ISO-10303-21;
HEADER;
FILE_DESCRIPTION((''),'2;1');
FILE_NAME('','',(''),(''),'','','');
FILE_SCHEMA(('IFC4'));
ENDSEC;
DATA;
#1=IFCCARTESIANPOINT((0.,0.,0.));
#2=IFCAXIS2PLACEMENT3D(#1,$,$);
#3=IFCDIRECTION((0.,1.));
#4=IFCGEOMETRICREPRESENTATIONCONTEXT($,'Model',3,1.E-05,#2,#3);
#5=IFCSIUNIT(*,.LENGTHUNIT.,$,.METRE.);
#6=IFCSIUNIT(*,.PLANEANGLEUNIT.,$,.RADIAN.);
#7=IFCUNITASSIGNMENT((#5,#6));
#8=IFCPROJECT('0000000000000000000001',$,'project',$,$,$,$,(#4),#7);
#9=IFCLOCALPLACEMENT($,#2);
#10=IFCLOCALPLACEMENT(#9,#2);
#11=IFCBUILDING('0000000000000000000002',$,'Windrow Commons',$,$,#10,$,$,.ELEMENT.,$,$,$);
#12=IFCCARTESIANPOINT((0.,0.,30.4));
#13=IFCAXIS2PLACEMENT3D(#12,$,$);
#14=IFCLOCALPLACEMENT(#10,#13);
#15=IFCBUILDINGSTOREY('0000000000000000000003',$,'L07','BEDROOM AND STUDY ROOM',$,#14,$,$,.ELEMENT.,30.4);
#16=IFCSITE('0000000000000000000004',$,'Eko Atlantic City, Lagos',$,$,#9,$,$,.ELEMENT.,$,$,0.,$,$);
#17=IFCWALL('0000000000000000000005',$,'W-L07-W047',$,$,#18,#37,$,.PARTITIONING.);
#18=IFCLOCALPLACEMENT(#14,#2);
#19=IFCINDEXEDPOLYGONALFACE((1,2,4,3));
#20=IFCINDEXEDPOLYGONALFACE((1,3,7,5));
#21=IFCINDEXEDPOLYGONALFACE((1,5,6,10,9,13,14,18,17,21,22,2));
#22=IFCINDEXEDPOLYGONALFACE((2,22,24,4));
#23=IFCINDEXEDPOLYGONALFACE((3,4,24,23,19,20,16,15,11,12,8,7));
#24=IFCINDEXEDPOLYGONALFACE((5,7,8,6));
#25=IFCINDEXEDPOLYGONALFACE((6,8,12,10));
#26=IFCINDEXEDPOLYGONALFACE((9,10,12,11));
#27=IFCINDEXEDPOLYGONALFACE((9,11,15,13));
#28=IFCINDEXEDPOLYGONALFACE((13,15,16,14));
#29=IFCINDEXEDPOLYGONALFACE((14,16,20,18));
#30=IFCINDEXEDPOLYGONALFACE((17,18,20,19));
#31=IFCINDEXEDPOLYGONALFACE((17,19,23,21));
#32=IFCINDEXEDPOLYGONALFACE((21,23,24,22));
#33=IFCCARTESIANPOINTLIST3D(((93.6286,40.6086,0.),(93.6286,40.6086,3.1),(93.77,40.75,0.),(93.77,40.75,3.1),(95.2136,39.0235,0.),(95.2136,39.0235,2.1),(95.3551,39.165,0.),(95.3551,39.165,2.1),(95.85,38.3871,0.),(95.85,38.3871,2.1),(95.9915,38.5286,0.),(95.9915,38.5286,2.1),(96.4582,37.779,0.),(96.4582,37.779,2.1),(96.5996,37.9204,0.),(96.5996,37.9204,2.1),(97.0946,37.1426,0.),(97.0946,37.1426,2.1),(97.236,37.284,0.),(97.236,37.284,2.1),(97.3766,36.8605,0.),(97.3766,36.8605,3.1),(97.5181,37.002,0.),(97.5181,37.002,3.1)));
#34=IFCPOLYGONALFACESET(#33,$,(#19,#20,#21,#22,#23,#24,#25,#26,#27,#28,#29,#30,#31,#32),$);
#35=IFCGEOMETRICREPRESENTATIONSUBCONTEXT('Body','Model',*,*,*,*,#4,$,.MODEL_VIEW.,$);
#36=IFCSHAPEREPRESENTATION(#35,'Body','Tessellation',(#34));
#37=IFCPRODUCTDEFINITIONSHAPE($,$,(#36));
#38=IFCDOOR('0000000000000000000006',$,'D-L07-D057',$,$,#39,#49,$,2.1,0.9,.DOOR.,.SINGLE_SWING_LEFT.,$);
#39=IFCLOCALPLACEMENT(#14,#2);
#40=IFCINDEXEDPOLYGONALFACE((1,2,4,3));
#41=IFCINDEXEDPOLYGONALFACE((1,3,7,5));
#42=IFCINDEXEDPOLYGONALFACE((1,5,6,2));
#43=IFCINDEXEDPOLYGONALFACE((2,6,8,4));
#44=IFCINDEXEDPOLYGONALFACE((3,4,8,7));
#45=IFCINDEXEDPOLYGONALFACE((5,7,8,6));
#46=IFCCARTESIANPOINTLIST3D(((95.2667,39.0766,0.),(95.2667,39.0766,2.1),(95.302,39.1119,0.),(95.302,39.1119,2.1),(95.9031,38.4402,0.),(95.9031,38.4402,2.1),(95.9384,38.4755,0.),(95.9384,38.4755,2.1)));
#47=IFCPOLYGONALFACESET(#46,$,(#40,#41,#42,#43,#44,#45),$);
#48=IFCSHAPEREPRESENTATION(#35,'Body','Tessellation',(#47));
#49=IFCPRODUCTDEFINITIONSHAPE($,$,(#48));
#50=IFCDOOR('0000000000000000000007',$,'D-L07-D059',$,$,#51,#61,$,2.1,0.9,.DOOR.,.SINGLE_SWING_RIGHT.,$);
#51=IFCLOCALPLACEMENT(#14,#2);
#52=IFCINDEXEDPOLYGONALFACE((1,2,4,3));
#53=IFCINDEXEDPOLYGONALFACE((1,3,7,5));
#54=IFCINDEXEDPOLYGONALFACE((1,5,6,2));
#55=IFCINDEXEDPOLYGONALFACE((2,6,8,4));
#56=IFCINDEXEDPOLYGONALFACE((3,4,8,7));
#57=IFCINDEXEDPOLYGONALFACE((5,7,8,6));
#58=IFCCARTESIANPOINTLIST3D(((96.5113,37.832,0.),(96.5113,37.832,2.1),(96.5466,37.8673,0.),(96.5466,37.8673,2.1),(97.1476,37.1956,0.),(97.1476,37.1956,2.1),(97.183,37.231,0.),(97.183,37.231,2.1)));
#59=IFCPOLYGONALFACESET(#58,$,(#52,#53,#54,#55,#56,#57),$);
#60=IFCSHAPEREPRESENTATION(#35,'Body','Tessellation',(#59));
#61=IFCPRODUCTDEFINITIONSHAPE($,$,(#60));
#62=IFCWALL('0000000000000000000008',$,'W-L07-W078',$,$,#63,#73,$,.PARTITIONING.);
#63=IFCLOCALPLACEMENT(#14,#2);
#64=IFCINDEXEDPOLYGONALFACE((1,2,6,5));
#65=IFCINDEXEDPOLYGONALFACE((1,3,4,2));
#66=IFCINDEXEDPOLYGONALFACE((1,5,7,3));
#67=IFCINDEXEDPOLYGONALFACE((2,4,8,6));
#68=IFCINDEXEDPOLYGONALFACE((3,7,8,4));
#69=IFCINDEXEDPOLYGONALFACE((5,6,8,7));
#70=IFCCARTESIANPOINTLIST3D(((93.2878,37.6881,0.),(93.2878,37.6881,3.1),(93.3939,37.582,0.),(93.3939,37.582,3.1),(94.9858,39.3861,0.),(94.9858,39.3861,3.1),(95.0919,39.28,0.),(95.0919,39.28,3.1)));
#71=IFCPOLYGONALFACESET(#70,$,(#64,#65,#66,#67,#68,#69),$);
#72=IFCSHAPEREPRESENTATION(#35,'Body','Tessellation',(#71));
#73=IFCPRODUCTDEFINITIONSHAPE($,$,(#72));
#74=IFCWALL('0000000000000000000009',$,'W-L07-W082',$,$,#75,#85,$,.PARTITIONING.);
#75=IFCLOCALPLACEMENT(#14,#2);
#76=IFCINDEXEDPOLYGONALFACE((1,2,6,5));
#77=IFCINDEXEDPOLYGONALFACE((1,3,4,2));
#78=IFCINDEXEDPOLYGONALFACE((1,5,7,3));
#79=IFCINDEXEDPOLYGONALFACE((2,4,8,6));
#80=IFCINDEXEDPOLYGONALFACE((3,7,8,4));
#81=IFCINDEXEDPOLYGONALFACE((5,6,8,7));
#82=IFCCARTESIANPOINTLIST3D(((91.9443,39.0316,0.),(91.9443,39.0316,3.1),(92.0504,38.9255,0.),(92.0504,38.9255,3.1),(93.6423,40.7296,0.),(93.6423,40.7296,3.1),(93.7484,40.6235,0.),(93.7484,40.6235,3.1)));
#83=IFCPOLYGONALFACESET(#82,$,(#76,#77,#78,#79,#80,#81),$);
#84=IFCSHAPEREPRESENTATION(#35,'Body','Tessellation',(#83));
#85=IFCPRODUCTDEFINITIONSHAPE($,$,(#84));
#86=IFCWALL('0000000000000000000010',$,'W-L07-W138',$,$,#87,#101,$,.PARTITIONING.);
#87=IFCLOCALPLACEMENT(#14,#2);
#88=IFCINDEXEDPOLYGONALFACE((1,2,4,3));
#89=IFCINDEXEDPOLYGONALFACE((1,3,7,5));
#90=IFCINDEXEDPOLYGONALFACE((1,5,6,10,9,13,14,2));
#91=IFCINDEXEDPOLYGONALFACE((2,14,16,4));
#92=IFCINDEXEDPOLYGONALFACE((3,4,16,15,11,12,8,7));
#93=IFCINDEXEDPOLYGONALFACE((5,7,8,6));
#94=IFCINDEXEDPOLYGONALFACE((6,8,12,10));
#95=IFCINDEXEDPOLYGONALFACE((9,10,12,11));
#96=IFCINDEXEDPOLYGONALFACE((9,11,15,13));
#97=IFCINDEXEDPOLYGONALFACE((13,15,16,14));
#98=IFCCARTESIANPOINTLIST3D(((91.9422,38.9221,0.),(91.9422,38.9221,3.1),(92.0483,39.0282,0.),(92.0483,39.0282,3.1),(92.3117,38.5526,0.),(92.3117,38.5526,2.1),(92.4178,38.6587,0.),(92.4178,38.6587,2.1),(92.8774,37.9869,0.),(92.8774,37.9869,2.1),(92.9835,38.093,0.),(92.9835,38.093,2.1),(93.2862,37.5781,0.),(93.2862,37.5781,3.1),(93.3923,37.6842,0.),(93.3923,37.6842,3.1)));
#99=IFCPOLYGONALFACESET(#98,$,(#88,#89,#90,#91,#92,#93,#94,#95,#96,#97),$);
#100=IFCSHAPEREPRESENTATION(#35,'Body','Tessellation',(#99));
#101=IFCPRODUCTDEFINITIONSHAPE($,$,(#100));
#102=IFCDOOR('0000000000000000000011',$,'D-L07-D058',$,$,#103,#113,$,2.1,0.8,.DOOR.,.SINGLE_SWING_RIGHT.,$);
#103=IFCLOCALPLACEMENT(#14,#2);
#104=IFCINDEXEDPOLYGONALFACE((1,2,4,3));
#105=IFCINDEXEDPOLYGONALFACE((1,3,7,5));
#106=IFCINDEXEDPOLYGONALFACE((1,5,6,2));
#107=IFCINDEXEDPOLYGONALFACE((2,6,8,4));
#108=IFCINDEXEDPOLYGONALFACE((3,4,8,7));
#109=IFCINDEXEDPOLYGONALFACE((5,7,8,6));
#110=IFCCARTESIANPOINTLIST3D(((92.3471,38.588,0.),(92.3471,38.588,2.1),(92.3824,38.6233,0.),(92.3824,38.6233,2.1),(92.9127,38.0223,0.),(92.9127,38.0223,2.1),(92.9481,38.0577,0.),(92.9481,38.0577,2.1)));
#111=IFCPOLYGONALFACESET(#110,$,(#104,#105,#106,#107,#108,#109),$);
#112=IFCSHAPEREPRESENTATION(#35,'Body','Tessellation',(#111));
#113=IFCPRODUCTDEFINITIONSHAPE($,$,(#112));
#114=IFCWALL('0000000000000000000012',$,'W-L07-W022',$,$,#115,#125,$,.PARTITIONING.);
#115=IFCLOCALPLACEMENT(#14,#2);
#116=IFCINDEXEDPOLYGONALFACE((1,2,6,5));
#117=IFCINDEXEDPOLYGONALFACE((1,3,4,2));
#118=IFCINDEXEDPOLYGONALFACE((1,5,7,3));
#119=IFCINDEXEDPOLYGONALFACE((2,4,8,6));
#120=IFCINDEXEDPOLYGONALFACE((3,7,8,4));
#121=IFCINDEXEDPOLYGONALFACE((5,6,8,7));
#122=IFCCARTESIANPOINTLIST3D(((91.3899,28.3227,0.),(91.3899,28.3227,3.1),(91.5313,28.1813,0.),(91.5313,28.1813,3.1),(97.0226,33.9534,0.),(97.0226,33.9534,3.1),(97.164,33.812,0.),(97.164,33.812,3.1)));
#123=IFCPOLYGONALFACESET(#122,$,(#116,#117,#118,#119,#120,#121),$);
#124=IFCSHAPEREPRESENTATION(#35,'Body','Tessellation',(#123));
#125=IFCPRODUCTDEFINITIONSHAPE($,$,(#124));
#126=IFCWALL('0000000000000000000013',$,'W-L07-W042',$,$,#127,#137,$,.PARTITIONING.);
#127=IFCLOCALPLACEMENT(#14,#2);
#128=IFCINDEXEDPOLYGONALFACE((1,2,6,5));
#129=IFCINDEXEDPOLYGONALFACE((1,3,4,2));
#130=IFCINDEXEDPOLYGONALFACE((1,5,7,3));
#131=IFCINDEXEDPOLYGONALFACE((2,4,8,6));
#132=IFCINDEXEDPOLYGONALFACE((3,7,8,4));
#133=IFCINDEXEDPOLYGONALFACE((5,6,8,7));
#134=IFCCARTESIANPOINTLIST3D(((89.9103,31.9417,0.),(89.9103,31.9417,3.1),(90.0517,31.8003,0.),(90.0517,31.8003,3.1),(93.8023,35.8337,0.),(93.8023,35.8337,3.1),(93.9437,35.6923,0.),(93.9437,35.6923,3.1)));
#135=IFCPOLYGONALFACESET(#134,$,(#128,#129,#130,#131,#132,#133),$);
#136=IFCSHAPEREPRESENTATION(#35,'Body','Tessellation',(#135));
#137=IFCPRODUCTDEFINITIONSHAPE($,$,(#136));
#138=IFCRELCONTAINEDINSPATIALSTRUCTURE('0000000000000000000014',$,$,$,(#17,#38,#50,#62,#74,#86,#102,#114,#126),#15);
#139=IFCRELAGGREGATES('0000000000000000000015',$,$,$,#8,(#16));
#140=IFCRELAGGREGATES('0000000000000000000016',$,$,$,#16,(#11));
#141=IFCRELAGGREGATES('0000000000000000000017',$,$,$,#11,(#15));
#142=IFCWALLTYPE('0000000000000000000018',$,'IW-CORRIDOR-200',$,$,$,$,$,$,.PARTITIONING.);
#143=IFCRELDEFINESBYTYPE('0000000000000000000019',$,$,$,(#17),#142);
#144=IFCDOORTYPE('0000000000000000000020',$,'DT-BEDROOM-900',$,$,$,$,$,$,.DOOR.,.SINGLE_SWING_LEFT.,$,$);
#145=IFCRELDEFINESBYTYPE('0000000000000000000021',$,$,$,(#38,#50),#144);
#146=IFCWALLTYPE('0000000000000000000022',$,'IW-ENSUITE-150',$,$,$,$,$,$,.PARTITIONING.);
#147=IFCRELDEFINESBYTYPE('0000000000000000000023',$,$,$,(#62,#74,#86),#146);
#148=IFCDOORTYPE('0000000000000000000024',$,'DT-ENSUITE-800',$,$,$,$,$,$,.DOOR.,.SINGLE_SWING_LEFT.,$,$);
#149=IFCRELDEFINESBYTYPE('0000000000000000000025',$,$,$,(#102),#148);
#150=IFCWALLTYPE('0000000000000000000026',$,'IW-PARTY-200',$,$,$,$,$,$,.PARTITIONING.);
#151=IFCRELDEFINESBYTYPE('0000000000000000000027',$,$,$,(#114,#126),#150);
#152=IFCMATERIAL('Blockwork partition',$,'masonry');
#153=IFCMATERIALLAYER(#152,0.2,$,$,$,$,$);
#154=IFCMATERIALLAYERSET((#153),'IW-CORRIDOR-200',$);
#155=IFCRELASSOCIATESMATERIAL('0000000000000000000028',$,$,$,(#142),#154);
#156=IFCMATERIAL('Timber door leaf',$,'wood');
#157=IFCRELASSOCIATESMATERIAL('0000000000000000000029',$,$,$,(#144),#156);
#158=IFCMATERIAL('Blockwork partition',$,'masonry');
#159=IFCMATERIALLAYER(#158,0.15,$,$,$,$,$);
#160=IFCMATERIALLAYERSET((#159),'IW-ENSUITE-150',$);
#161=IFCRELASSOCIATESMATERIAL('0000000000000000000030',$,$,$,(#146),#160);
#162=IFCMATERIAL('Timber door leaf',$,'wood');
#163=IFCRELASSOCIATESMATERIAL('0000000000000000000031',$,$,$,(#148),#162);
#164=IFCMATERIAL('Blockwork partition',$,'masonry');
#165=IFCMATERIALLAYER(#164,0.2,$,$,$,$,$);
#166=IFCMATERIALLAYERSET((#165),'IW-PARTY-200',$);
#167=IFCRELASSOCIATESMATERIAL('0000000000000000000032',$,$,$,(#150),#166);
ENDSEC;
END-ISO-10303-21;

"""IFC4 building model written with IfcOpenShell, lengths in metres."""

from ifc_helpers import new_model, si_unit, direction, frame, frame_2d, origin, place, context, subcontext, project, spatial, rectangle, extrude, material, layer, layer_set, type_object, element, fill, save


model = new_model("IFC4")

# Units and contexts
model_context = context("Model", 3, precision=1e-05, world=origin(), true_north=direction((0.0, 1.0)))
body_context = subcontext(model_context, "Body", "Model", "MODEL_VIEW")
ifc_project = project(units=[si_unit("LENGTHUNIT", "METRE"), si_unit("PLANEANGLEUNIT", "RADIAN")], contexts=[model_context])

# Site, building, storey
site_placement = place(None, origin())
site = spatial("IfcSite", under=ifc_project, at=site_placement, Name="Eko Atlantic City, Lagos", CompositionType="ELEMENT", RefElevation=0.0)
building_placement = place(site_placement, origin())
building = spatial("IfcBuilding", under=site, at=building_placement, Name="Windrow Commons", CompositionType="ELEMENT")
storey_placement = place(building_placement, frame((0.0, 0.0, 30.4)))
storey = spatial("IfcBuildingStorey", under=building, at=storey_placement, Name="L07", Description="BEDROOM AND STUDY ROOM", CompositionType="ELEMENT", Elevation=30.4)

# Wall, openings, doors
ifc_material_1 = material(Name="Blockwork partition", Category="masonry")
ifc_layer_1 = layer(ifc_material_1, 0.2)
ifc_layer_set_1 = layer_set([ifc_layer_1], Name="IW-CORRIDOR-200")
wall_type_1 = type_object("IfcWallType", Name="IW-CORRIDOR-200", PredefinedType="PARTITIONING", material=ifc_layer_set_1)
wall_1_placement = place(storey_placement, frame((93.6993, 40.6793, 0.0), z_axis=(0.0, 0.0, 1.0), x_axis=(0.707107, -0.707107, 0.0)))
wall_1 = element("IfcWall", 1, at=wall_1_placement, inside=storey, type_object=wall_type_1, Name="W-L07-W047", PredefinedType="PARTITIONING", context=body_context, shape_type="SweptSolid", body=[
    extrude(rectangle(XDim=5.3005, YDim=0.2, at=frame_2d((2.6503, 0.0))), origin(), (0.0, 0.0, 1.0), 3.1),
])
opening_1_placement = place(wall_1_placement, frame((2.2416, 0.0, 0.0)))
opening_1 = element("IfcOpeningElement", 2, at=opening_1_placement, cuts=wall_1, PredefinedType="OPENING", context=body_context, shape_type="SweptSolid", body=[
    extrude(rectangle(XDim=0.9, YDim=2.1, at=frame_2d((0.45, 1.05))), frame((0.0, 0.11, 0.0), z_axis=(0.0, -1.0, 0.0), x_axis=(1.0, 0.0, 0.0)), (0.0, 0.0, 1.0), 0.22),
])
opening_2_placement = place(wall_1_placement, frame((4.0017, 0.0, 0.0)))
opening_2 = element("IfcOpeningElement", 3, at=opening_2_placement, cuts=wall_1, PredefinedType="OPENING", context=body_context, shape_type="SweptSolid", body=[
    extrude(rectangle(XDim=0.9, YDim=2.1, at=frame_2d((0.45, 1.05))), frame((0.0, 0.11, 0.0), z_axis=(0.0, -1.0, 0.0), x_axis=(1.0, 0.0, 0.0)), (0.0, 0.0, 1.0), 0.22),
])
ifc_material_2 = material(Name="Timber door leaf", Category="wood")
door_type_1 = type_object("IfcDoorType", Name="DT-BEDROOM-900", OperationType="SINGLE_SWING_LEFT", PredefinedType="DOOR", material=ifc_material_2)
door_1_placement = place(opening_1_placement, origin())
door_1 = element("IfcDoor", 4, at=door_1_placement, inside=storey, type_object=door_type_1, Name="D-L07-D057", OperationType="SINGLE_SWING_LEFT", OverallHeight=2.1, OverallWidth=0.9, PredefinedType="DOOR", context=body_context, shape_type="SweptSolid", body=[
    extrude(rectangle(XDim=0.9, YDim=2.1, at=frame_2d((0.45, 1.05))), frame((0.0, 0.025, 0.0), z_axis=(0.0, -1.0, 0.0), x_axis=(1.0, 0.0, 0.0)), (0.0, 0.0, 1.0), 0.05),
])
fill(opening_1, door_1)
door_2_placement = place(opening_2_placement, origin())
door_2 = element("IfcDoor", 5, at=door_2_placement, inside=storey, type_object=door_type_1, Name="D-L07-D059", OperationType="SINGLE_SWING_RIGHT", OverallHeight=2.1, OverallWidth=0.9, PredefinedType="DOOR", context=body_context, shape_type="SweptSolid", body=[
    extrude(rectangle(XDim=0.9, YDim=2.1, at=frame_2d((0.45, 1.05))), frame((0.0, 0.025, 0.0), z_axis=(0.0, -1.0, 0.0), x_axis=(1.0, 0.0, 0.0)), (0.0, 0.0, 1.0), 0.05),
])
fill(opening_2, door_2)

# Walls
ifc_material_3 = material(Name="Blockwork partition", Category="masonry")
ifc_layer_2 = layer(ifc_material_3, 0.15)
ifc_layer_set_2 = layer_set([ifc_layer_2], Name="IW-ENSUITE-150")
wall_type_2 = type_object("IfcWallType", Name="IW-ENSUITE-150", PredefinedType="PARTITIONING", material=ifc_layer_set_2)
for number, where, z_axis, x_axis, name in (
    (6, (93.3409, 37.6351, 0.0), (0.0, 0.0, 1.0), (0.707107, 0.707107, 0.0), "W-L07-W078"),
    (7, (91.9974, 38.9786, 0.0), (0.0, 0.0, 1.0), (0.707107, 0.707107, 0.0), "W-L07-W082"),
):
    element("IfcWall", number, at=place(storey_placement, frame(where, z_axis=z_axis, x_axis=x_axis)), inside=storey, type_object=wall_type_2, Name=name, PredefinedType="PARTITIONING", context=body_context, shape_type="SweptSolid", body=[
        extrude(rectangle(XDim=2.4013, YDim=0.15, at=frame_2d((1.2006, 0.0))), origin(), (0.0, 0.0, 1.0), 3.1),
    ])

# Wall, opening, door
wall_2_placement = place(storey_placement, frame((91.9952, 38.9752, 0.0), z_axis=(0.0, 0.0, 1.0), x_axis=(0.707107, -0.707107, 0.0)))
wall_2 = element("IfcWall", 8, at=wall_2_placement, inside=storey, type_object=wall_type_2, Name="W-L07-W138", PredefinedType="PARTITIONING", context=body_context, shape_type="SweptSolid", body=[
    extrude(rectangle(XDim=1.9007, YDim=0.15, at=frame_2d((0.9504, 0.0))), origin(), (0.0, 0.0, 1.0), 3.1),
])
opening_3_placement = place(wall_2_placement, frame((0.5226, 0.0, 0.0)))
opening_3 = element("IfcOpeningElement", 9, at=opening_3_placement, cuts=wall_2, PredefinedType="OPENING", context=body_context, shape_type="SweptSolid", body=[
    extrude(rectangle(XDim=0.8, YDim=2.1, at=frame_2d((0.4, 1.05))), frame((0.0, 0.085, 0.0), z_axis=(0.0, -1.0, 0.0), x_axis=(1.0, 0.0, 0.0)), (0.0, 0.0, 1.0), 0.17),
])
ifc_material_4 = material(Name="Timber door leaf", Category="wood")
door_type_2 = type_object("IfcDoorType", Name="DT-ENSUITE-800", OperationType="SINGLE_SWING_LEFT", PredefinedType="DOOR", material=ifc_material_4)
door_3_placement = place(opening_3_placement, origin())
door_3 = element("IfcDoor", 10, at=door_3_placement, inside=storey, type_object=door_type_2, Name="D-L07-D058", OperationType="SINGLE_SWING_RIGHT", OverallHeight=2.1, OverallWidth=0.8, PredefinedType="DOOR", context=body_context, shape_type="SweptSolid", body=[
    extrude(rectangle(XDim=0.8, YDim=2.1, at=frame_2d((0.4, 1.05))), frame((0.0, 0.025, 0.0), z_axis=(0.0, -1.0, 0.0), x_axis=(1.0, 0.0, 0.0)), (0.0, 0.0, 1.0), 0.05),
])
fill(opening_3, door_3)

# Walls
ifc_material_5 = material(Name="Blockwork partition", Category="masonry")
ifc_layer_3 = layer(ifc_material_5, 0.2)
ifc_layer_set_3 = layer_set([ifc_layer_3], Name="IW-PARTY-200")
wall_type_3 = type_object("IfcWallType", Name="IW-PARTY-200", PredefinedType="PARTITIONING", material=ifc_layer_set_3)
wall_3_placement = place(storey_placement, frame((91.4606, 28.252, 0.0), z_axis=(0.0, 0.0, 1.0), x_axis=(0.707232, 0.706981, 0.0)))
element("IfcWall", 11, at=wall_3_placement, inside=storey, type_object=wall_type_3, Name="W-L07-W022", PredefinedType="PARTITIONING", context=body_context, shape_type="SweptSolid", body=[
    extrude(rectangle(XDim=7.9644, YDim=0.2, at=frame_2d((3.9822, 0.0))), origin(), (0.0, 0.0, 1.0), 3.1),
])
wall_4_placement = place(storey_placement, frame((89.981, 31.871, 0.0), z_axis=(0.0, 0.0, 1.0), x_axis=(0.707107, 0.707107, 0.0)))
element("IfcWall", 12, at=wall_4_placement, inside=storey, type_object=wall_type_3, Name="W-L07-W042", PredefinedType="PARTITIONING", context=body_context, shape_type="SweptSolid", body=[
    extrude(rectangle(XDim=5.5041, YDim=0.2, at=frame_2d((2.7521, 0.0))), origin(), (0.0, 0.0, 1.0), 3.1),
])

save(model, "model.ifc")
